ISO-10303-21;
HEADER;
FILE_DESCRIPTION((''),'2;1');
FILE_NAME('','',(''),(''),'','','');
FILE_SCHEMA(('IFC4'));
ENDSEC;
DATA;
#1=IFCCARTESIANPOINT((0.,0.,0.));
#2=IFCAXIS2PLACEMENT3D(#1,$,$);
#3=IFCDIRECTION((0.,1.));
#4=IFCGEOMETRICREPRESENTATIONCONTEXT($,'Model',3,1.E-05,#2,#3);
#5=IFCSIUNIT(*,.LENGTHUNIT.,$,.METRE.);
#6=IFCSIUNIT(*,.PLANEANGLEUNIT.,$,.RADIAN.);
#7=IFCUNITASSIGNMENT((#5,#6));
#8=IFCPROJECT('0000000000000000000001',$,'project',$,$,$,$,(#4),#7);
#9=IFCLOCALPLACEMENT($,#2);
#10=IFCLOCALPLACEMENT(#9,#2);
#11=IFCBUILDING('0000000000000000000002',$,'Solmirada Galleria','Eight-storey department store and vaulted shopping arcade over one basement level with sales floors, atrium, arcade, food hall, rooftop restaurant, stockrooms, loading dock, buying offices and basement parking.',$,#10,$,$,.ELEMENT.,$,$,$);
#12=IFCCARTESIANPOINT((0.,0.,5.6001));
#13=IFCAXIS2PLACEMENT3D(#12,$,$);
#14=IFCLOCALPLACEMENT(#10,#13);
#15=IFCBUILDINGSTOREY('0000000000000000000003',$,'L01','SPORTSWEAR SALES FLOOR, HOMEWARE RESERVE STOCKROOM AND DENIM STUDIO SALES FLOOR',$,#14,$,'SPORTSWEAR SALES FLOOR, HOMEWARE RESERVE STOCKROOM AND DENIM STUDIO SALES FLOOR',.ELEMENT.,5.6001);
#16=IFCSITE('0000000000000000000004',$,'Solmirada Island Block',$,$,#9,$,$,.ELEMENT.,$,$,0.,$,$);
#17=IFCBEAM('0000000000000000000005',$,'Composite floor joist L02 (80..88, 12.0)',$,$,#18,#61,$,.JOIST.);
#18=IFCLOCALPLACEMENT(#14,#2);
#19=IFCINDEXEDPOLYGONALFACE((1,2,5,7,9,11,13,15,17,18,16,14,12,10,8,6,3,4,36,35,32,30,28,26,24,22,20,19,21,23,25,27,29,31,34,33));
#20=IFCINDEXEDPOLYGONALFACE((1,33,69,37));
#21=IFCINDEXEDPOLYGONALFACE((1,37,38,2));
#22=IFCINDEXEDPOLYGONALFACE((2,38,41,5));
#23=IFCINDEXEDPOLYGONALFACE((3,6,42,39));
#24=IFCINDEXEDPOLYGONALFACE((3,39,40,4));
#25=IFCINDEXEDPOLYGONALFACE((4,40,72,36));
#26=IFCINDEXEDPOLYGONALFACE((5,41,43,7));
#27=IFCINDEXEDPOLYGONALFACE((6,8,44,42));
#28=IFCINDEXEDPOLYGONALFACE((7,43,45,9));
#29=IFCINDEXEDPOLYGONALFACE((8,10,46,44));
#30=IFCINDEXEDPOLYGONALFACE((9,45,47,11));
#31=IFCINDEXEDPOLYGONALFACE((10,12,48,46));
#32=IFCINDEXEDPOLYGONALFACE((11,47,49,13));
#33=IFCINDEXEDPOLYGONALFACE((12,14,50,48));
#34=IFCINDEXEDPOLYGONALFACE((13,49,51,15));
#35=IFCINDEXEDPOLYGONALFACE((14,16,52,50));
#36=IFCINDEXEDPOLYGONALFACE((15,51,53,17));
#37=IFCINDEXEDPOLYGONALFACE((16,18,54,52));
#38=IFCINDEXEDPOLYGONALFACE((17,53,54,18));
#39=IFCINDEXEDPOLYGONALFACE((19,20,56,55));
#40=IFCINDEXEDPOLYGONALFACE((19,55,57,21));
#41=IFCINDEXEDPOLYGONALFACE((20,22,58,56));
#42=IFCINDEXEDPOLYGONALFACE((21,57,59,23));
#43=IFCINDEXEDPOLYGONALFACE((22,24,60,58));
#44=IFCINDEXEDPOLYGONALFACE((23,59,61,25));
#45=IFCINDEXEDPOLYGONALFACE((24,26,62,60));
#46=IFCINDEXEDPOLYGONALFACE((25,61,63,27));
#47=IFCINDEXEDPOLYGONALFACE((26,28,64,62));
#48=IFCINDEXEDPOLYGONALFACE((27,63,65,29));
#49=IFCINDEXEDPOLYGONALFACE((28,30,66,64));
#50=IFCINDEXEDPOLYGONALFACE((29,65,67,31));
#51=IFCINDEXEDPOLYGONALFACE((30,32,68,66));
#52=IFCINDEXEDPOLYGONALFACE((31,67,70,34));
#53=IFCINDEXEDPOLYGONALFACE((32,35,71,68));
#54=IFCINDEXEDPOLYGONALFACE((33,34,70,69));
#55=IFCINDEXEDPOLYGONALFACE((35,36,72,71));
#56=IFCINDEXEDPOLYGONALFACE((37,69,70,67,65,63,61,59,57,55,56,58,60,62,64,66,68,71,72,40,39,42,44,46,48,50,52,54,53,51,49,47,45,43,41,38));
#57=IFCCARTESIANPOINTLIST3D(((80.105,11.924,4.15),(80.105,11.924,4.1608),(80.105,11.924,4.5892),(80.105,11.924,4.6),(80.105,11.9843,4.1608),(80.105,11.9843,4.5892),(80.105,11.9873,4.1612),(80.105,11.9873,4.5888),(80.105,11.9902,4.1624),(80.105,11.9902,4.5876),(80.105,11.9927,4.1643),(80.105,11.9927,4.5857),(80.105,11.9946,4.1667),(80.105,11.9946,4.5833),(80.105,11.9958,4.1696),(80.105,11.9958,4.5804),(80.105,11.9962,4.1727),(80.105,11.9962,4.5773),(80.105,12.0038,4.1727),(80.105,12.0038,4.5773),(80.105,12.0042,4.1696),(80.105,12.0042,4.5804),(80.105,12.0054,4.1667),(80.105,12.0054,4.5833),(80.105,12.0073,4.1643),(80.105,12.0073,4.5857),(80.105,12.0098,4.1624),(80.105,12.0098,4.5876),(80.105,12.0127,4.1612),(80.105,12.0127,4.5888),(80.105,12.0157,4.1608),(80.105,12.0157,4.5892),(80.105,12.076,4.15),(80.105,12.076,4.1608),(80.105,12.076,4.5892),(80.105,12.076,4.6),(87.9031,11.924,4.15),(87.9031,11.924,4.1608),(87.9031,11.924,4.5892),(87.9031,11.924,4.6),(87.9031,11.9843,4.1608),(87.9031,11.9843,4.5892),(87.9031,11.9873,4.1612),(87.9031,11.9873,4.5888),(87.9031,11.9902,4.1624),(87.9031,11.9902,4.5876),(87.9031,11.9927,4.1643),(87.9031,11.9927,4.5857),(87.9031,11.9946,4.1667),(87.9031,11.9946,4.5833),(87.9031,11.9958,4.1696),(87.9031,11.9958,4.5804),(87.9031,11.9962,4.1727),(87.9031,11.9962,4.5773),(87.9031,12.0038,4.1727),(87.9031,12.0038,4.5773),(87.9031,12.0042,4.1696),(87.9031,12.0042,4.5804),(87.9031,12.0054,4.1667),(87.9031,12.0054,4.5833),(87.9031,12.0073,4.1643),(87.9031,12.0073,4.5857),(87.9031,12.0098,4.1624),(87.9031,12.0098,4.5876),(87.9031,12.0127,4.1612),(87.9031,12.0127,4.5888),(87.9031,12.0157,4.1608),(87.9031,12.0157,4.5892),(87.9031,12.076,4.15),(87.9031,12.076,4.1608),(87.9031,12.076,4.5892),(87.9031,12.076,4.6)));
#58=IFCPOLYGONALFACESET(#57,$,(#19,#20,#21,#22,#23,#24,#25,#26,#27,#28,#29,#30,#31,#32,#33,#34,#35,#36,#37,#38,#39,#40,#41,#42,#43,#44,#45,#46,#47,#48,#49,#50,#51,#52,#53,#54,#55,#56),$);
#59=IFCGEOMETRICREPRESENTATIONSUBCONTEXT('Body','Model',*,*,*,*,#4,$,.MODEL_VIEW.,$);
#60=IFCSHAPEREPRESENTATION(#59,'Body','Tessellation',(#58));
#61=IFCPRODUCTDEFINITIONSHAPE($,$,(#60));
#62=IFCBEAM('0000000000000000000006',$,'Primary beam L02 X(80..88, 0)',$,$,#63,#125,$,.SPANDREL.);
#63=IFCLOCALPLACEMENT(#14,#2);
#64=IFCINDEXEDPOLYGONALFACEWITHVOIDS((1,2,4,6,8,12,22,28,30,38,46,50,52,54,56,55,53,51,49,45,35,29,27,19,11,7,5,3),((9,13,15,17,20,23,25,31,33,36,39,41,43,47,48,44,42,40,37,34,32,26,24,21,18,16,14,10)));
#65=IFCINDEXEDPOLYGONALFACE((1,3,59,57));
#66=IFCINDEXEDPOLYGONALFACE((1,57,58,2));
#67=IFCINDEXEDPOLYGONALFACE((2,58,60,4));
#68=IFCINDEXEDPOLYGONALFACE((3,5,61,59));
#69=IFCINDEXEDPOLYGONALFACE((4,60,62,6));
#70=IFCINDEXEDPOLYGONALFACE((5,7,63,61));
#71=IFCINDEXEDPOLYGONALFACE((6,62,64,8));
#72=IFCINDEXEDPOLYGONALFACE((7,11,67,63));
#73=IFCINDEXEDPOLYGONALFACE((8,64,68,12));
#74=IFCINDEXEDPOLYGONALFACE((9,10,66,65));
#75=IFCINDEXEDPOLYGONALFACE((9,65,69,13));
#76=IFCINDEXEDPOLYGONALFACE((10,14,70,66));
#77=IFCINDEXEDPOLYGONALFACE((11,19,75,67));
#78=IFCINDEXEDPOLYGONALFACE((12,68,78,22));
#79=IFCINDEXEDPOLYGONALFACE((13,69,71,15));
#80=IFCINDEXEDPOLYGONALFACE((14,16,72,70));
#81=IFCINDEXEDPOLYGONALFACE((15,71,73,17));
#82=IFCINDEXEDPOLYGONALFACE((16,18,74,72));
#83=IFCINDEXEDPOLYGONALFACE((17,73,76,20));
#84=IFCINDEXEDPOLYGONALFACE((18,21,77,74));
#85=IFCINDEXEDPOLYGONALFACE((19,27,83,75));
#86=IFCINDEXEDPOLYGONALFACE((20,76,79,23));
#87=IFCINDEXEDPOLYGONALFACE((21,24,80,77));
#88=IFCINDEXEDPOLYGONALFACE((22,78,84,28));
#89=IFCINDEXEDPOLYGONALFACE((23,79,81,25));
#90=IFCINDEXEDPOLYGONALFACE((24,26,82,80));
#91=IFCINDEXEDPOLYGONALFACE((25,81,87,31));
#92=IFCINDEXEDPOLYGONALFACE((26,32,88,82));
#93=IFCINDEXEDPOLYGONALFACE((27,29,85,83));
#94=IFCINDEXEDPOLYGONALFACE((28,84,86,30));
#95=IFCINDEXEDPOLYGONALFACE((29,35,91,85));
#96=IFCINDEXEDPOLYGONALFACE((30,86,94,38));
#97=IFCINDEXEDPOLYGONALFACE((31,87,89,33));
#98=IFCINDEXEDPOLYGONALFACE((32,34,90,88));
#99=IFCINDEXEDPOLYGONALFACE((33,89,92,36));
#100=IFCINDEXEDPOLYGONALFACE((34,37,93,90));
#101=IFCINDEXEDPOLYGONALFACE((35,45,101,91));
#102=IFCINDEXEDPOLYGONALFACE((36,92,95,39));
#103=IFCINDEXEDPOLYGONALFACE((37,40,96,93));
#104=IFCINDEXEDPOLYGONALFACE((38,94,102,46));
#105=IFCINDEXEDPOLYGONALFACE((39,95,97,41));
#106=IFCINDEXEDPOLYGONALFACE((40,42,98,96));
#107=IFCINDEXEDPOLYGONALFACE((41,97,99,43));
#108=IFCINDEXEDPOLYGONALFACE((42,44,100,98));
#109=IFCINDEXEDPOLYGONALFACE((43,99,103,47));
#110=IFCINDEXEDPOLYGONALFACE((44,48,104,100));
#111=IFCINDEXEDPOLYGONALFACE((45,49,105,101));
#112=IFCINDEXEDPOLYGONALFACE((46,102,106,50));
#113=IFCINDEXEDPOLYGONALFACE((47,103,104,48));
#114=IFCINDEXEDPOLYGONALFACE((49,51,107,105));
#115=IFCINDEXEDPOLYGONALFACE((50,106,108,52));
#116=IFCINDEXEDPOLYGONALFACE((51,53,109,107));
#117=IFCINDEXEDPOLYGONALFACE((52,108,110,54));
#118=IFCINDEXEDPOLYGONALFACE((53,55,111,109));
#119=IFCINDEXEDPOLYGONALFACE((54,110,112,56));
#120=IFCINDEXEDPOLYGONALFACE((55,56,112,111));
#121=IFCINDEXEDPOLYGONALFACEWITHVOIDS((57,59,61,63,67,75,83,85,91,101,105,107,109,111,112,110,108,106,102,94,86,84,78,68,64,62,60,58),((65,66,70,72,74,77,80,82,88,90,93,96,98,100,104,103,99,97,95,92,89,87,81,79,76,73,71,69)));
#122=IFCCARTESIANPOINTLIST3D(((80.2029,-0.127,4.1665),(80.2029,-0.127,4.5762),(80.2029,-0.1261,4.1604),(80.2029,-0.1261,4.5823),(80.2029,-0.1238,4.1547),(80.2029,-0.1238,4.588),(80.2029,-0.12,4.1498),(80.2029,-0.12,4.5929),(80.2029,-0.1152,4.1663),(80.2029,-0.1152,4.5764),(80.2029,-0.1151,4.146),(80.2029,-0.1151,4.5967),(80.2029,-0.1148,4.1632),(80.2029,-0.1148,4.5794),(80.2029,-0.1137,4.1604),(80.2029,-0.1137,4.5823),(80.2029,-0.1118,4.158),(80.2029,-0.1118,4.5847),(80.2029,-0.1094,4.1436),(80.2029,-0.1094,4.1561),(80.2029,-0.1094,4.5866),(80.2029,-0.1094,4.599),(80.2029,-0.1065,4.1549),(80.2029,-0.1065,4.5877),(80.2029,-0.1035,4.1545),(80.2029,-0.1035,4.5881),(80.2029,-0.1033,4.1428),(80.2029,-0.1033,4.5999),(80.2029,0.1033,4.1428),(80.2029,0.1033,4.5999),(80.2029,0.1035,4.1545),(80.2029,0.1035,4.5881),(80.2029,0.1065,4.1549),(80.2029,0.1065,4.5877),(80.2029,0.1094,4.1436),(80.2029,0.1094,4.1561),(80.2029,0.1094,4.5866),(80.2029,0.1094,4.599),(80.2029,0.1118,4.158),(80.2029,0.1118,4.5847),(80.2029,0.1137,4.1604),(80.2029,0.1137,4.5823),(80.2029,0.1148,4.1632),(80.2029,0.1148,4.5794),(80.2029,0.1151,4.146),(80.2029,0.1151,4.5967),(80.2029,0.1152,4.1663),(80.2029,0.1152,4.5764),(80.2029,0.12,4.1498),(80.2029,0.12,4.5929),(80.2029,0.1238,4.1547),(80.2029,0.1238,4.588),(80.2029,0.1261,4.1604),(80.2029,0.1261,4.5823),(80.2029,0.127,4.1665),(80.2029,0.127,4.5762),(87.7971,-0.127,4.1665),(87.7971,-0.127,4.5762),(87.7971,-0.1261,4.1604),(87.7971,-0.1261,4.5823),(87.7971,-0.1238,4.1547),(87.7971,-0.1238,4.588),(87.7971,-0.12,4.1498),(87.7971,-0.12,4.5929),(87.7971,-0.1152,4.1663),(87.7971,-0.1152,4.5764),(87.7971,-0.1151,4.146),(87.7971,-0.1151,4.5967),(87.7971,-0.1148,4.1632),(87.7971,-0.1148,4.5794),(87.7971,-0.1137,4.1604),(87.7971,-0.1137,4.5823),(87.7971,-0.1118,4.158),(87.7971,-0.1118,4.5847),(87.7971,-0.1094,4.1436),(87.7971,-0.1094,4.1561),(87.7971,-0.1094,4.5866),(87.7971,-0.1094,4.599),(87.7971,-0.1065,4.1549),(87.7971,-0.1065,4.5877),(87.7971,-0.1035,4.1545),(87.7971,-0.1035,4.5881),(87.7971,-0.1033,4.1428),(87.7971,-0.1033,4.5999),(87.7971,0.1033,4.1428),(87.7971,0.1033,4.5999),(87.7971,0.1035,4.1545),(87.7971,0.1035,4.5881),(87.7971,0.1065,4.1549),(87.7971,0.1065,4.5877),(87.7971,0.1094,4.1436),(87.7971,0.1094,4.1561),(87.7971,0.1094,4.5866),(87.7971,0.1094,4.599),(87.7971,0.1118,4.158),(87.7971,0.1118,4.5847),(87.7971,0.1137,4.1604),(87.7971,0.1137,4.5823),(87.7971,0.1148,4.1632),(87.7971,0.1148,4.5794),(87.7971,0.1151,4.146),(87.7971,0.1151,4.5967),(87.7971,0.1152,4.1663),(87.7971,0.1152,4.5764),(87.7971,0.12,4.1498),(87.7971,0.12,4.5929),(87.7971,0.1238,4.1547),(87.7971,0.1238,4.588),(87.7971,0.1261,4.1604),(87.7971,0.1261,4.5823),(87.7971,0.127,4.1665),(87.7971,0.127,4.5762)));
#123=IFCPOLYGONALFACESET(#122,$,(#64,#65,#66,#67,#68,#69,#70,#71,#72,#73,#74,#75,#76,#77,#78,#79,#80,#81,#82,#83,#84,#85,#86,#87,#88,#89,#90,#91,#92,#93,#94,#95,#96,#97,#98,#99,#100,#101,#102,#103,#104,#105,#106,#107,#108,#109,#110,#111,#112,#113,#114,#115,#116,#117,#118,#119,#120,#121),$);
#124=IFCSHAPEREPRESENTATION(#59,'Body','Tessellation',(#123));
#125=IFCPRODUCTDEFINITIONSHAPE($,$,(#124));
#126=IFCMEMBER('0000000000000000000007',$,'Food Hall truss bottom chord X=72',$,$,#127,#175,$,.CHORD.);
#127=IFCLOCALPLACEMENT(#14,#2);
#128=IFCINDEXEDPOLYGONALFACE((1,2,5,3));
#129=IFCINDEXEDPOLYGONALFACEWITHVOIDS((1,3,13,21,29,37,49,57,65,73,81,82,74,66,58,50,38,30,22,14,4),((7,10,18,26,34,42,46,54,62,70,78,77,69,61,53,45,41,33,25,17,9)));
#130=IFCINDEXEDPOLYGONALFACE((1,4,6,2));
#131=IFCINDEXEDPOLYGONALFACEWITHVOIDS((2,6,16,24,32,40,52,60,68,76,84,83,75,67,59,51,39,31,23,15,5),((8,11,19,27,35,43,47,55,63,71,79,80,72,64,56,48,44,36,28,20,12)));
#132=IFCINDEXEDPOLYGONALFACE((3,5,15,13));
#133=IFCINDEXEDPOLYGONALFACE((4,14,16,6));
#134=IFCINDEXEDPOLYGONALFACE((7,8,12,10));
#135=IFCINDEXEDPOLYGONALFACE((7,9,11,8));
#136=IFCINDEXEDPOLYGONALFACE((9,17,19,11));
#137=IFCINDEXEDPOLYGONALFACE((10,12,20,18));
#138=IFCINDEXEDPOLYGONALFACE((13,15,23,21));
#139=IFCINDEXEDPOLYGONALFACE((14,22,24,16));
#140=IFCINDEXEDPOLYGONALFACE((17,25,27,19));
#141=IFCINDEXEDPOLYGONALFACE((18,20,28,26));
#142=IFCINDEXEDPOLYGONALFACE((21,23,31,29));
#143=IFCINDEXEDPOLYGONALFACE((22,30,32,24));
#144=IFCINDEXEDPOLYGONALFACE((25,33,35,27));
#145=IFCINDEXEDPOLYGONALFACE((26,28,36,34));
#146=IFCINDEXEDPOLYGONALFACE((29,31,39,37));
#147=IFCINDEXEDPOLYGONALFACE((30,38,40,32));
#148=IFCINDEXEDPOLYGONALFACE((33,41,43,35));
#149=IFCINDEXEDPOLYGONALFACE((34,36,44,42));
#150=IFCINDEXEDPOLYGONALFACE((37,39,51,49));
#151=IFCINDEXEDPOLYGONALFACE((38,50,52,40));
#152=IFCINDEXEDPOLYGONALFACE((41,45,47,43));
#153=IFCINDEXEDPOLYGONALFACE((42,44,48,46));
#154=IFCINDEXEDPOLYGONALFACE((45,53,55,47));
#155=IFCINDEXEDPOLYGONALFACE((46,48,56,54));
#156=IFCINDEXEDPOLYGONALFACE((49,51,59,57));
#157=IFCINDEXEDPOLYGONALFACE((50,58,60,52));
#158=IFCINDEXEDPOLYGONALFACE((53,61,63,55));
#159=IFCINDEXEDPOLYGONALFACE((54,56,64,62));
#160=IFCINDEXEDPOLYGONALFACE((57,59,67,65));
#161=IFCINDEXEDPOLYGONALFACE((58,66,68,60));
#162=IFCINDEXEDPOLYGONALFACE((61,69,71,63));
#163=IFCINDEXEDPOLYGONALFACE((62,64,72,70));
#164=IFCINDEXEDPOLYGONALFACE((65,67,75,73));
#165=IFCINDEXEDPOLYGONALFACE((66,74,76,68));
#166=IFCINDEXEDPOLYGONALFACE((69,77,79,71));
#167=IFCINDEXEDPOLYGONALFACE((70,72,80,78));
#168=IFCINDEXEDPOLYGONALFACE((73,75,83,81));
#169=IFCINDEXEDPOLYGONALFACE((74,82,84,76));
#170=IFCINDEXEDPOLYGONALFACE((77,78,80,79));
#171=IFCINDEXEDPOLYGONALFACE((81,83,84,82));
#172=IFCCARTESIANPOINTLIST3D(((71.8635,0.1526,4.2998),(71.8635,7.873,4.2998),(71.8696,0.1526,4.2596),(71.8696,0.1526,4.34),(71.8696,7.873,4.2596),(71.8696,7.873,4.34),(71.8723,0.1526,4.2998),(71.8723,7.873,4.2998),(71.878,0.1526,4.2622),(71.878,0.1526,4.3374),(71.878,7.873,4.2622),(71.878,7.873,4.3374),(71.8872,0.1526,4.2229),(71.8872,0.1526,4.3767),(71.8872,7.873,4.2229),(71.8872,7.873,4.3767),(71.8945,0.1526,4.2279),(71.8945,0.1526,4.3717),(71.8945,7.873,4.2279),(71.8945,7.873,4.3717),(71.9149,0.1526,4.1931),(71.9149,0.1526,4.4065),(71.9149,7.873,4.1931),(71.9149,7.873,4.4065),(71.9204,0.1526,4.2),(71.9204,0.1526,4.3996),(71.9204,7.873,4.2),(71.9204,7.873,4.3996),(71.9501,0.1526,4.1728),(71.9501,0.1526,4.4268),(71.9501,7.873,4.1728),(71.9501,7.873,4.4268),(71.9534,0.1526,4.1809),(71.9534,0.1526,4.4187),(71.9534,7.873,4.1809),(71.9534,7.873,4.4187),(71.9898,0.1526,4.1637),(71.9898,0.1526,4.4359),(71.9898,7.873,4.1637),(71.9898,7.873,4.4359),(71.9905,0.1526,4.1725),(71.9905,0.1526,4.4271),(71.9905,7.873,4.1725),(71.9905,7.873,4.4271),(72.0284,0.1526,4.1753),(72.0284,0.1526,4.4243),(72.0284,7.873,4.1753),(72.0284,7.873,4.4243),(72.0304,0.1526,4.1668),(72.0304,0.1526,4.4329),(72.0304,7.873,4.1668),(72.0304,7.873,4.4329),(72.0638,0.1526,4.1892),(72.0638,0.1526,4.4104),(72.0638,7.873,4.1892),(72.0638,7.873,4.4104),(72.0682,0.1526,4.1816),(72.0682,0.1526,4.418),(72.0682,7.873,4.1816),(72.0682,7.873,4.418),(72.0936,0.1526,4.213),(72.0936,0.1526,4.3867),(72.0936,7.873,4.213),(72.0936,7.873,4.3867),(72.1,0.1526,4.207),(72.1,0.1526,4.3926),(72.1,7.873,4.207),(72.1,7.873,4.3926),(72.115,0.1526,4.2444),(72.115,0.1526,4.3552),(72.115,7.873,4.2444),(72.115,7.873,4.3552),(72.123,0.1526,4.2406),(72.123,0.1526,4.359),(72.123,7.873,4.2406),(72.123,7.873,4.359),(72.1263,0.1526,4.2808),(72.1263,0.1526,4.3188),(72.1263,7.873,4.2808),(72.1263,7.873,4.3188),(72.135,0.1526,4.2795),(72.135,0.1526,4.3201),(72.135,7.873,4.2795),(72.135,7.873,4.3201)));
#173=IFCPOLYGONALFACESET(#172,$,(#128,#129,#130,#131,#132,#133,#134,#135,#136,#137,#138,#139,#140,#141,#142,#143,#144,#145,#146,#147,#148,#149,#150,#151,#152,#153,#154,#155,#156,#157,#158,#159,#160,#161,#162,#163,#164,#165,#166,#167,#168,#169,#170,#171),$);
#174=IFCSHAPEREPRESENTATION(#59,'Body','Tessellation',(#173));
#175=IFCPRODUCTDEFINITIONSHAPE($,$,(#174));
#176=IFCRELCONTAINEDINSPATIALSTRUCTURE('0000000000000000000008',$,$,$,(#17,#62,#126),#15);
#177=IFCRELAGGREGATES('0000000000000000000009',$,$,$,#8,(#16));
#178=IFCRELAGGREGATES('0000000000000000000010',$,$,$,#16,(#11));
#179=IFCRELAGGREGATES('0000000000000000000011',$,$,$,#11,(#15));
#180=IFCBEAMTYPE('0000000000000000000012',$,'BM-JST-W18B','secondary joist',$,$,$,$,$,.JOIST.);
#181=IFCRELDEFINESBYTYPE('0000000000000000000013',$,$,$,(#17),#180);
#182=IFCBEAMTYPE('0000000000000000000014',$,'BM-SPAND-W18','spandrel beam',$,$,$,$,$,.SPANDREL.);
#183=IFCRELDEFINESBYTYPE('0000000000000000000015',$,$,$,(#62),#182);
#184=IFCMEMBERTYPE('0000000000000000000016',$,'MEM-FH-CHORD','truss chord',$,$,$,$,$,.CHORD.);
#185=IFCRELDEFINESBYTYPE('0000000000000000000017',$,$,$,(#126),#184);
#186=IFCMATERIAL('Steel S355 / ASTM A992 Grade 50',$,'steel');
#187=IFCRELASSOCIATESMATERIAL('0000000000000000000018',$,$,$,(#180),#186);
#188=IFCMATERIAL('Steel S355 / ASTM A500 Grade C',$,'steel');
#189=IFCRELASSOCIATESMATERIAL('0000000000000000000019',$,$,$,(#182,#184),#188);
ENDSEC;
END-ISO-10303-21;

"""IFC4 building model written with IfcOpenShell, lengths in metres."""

from ifc_helpers import new_model, si_unit, direction, frame, origin, origin_2d, place, context, subcontext, project, spatial, hollow_rectangle, hollow_circle, i_section, extrude, material, material_profile, profile_set, type_object, element, save


model = new_model("IFC4")

# Units and contexts
model_context = context("Model", 3, precision=1e-05, world=origin(), true_north=direction((0.0, 1.0)))
body_context = subcontext(model_context, "Body", "Model", "MODEL_VIEW")
ifc_project = project(units=[si_unit("LENGTHUNIT", "METRE"), si_unit("PLANEANGLEUNIT", "RADIAN")], contexts=[model_context])

# Site, building, storey
site_placement = place(None, origin())
site = spatial("IfcSite", under=ifc_project, at=site_placement, Name="Solmirada Island Block", CompositionType="ELEMENT", RefElevation=0.0)
building_placement = place(site_placement, origin())
building = spatial("IfcBuilding", under=site, at=building_placement, Name="Solmirada Galleria", Description="Eight-storey department store and vaulted shopping arcade over one basement level with sales floors, atrium, arcade, food hall, rooftop restaurant, stockrooms, loading dock, buying offices and basement parking.", CompositionType="ELEMENT")
storey_placement = place(building_placement, frame((0.0, 0.0, 5.6001)))
storey = spatial("IfcBuildingStorey", under=building, at=storey_placement, Name="L01", Description="SPORTSWEAR SALES FLOOR, HOMEWARE RESERVE STOCKROOM AND DENIM STUDIO SALES FLOOR", LongName="SPORTSWEAR SALES FLOOR, HOMEWARE RESERVE STOCKROOM AND DENIM STUDIO SALES FLOOR", CompositionType="ELEMENT", Elevation=5.6001)

# Shared definitions
ifc_material_1 = material(Name="Steel S355 / ASTM A500 Grade C", Category="steel")

# Beams
ifc_material_2 = material(Name="Steel S355 / ASTM A992 Grade 50", Category="steel")
ifc_material_profile_1 = material_profile(ifc_material_2, i_section(OverallWidth=0.1521, OverallDepth=0.45, WebThickness=0.0076, FlangeThickness=0.0107, FilletRadius=0.012, at=origin_2d()), Name="W18X35")
ifc_profile_set_1 = profile_set([ifc_material_profile_1], Name="Steel S355 / ASTM A992 Grade 50")
beam_type_1 = type_object("IfcBeamType", Name="BM-JST-W18B", Description="secondary joist", PredefinedType="JOIST", material=ifc_profile_set_1)
for number, where, z_axis, x_axis, name in (
    (1, (80.105, 12.0, 4.375), (1.0, 0.0, 0.0), (0.0, 1.0, 0.0), "Composite floor joist L02 (80..88, 12.0)"),
):
    element("IfcBeam", number, at=place(storey_placement, frame(where, z_axis=z_axis, x_axis=x_axis)), inside=storey, type_object=beam_type_1, Name=name, PredefinedType="JOIST", context=body_context, shape_type="SweptSolid", body=[
        extrude(i_section(OverallWidth=0.1521, OverallDepth=0.45, WebThickness=0.0076, FlangeThickness=0.0107, FilletRadius=0.012, at=origin_2d()), origin(), (0.0, 0.0, 1.0), 7.7981),
    ])
ifc_material_profile_2 = material_profile(ifc_material_1, hollow_rectangle(XDim=0.2539, YDim=0.457, WallThickness=0.0117, InnerFilletRadius=0.0117, OuterFilletRadius=0.0237, at=origin_2d()), Name="HSS18X10X1/2")
ifc_profile_set_2 = profile_set([ifc_material_profile_2], Name="Steel S355 / ASTM A500 Grade C")
beam_type_2 = type_object("IfcBeamType", Name="BM-SPAND-W18", Description="spandrel beam", PredefinedType="SPANDREL", material=ifc_profile_set_2)
beam_1_placement = place(storey_placement, frame((80.2029, 0.0, 4.3713), z_axis=(1.0, 0.0, 0.0), x_axis=(0.0, 1.0, 0.0)))
element("IfcBeam", 2, at=beam_1_placement, inside=storey, type_object=beam_type_2, Name="Primary beam L02 X(80..88, 0)", PredefinedType="SPANDREL", context=body_context, shape_type="SweptSolid", body=[
    extrude(hollow_rectangle(XDim=0.2539, YDim=0.457, WallThickness=0.0117, InnerFilletRadius=0.0117, OuterFilletRadius=0.0237, at=origin_2d()), origin(), (0.0, 0.0, 1.0), 7.5942),
])

# Member
ifc_material_profile_3 = material_profile(ifc_material_1, hollow_circle(Radius=0.1365, WallThickness=0.0088, at=origin_2d()), Name="HSS10.750X0.375")
ifc_profile_set_3 = profile_set([ifc_material_profile_3], Name="Steel S355 / ASTM A500 Grade C")
member_type_1 = type_object("IfcMemberType", Name="MEM-FH-CHORD", Description="truss chord", PredefinedType="CHORD", material=ifc_profile_set_3)
member_1_placement = place(storey_placement, frame((72.0, 0.1526, 4.2998), z_axis=(0.0, 1.0, 0.0), x_axis=(-1.0, 0.0, 0.0)))
element("IfcMember", 3, at=member_1_placement, inside=storey, type_object=member_type_1, Name="Food Hall truss bottom chord X=72", PredefinedType="CHORD", context=body_context, shape_type="SweptSolid", body=[
    extrude(hollow_circle(Radius=0.1365, WallThickness=0.0088, at=origin_2d()), origin(), (0.0, 0.0, 1.0), 7.7205),
])

save(model, "model.ifc")
